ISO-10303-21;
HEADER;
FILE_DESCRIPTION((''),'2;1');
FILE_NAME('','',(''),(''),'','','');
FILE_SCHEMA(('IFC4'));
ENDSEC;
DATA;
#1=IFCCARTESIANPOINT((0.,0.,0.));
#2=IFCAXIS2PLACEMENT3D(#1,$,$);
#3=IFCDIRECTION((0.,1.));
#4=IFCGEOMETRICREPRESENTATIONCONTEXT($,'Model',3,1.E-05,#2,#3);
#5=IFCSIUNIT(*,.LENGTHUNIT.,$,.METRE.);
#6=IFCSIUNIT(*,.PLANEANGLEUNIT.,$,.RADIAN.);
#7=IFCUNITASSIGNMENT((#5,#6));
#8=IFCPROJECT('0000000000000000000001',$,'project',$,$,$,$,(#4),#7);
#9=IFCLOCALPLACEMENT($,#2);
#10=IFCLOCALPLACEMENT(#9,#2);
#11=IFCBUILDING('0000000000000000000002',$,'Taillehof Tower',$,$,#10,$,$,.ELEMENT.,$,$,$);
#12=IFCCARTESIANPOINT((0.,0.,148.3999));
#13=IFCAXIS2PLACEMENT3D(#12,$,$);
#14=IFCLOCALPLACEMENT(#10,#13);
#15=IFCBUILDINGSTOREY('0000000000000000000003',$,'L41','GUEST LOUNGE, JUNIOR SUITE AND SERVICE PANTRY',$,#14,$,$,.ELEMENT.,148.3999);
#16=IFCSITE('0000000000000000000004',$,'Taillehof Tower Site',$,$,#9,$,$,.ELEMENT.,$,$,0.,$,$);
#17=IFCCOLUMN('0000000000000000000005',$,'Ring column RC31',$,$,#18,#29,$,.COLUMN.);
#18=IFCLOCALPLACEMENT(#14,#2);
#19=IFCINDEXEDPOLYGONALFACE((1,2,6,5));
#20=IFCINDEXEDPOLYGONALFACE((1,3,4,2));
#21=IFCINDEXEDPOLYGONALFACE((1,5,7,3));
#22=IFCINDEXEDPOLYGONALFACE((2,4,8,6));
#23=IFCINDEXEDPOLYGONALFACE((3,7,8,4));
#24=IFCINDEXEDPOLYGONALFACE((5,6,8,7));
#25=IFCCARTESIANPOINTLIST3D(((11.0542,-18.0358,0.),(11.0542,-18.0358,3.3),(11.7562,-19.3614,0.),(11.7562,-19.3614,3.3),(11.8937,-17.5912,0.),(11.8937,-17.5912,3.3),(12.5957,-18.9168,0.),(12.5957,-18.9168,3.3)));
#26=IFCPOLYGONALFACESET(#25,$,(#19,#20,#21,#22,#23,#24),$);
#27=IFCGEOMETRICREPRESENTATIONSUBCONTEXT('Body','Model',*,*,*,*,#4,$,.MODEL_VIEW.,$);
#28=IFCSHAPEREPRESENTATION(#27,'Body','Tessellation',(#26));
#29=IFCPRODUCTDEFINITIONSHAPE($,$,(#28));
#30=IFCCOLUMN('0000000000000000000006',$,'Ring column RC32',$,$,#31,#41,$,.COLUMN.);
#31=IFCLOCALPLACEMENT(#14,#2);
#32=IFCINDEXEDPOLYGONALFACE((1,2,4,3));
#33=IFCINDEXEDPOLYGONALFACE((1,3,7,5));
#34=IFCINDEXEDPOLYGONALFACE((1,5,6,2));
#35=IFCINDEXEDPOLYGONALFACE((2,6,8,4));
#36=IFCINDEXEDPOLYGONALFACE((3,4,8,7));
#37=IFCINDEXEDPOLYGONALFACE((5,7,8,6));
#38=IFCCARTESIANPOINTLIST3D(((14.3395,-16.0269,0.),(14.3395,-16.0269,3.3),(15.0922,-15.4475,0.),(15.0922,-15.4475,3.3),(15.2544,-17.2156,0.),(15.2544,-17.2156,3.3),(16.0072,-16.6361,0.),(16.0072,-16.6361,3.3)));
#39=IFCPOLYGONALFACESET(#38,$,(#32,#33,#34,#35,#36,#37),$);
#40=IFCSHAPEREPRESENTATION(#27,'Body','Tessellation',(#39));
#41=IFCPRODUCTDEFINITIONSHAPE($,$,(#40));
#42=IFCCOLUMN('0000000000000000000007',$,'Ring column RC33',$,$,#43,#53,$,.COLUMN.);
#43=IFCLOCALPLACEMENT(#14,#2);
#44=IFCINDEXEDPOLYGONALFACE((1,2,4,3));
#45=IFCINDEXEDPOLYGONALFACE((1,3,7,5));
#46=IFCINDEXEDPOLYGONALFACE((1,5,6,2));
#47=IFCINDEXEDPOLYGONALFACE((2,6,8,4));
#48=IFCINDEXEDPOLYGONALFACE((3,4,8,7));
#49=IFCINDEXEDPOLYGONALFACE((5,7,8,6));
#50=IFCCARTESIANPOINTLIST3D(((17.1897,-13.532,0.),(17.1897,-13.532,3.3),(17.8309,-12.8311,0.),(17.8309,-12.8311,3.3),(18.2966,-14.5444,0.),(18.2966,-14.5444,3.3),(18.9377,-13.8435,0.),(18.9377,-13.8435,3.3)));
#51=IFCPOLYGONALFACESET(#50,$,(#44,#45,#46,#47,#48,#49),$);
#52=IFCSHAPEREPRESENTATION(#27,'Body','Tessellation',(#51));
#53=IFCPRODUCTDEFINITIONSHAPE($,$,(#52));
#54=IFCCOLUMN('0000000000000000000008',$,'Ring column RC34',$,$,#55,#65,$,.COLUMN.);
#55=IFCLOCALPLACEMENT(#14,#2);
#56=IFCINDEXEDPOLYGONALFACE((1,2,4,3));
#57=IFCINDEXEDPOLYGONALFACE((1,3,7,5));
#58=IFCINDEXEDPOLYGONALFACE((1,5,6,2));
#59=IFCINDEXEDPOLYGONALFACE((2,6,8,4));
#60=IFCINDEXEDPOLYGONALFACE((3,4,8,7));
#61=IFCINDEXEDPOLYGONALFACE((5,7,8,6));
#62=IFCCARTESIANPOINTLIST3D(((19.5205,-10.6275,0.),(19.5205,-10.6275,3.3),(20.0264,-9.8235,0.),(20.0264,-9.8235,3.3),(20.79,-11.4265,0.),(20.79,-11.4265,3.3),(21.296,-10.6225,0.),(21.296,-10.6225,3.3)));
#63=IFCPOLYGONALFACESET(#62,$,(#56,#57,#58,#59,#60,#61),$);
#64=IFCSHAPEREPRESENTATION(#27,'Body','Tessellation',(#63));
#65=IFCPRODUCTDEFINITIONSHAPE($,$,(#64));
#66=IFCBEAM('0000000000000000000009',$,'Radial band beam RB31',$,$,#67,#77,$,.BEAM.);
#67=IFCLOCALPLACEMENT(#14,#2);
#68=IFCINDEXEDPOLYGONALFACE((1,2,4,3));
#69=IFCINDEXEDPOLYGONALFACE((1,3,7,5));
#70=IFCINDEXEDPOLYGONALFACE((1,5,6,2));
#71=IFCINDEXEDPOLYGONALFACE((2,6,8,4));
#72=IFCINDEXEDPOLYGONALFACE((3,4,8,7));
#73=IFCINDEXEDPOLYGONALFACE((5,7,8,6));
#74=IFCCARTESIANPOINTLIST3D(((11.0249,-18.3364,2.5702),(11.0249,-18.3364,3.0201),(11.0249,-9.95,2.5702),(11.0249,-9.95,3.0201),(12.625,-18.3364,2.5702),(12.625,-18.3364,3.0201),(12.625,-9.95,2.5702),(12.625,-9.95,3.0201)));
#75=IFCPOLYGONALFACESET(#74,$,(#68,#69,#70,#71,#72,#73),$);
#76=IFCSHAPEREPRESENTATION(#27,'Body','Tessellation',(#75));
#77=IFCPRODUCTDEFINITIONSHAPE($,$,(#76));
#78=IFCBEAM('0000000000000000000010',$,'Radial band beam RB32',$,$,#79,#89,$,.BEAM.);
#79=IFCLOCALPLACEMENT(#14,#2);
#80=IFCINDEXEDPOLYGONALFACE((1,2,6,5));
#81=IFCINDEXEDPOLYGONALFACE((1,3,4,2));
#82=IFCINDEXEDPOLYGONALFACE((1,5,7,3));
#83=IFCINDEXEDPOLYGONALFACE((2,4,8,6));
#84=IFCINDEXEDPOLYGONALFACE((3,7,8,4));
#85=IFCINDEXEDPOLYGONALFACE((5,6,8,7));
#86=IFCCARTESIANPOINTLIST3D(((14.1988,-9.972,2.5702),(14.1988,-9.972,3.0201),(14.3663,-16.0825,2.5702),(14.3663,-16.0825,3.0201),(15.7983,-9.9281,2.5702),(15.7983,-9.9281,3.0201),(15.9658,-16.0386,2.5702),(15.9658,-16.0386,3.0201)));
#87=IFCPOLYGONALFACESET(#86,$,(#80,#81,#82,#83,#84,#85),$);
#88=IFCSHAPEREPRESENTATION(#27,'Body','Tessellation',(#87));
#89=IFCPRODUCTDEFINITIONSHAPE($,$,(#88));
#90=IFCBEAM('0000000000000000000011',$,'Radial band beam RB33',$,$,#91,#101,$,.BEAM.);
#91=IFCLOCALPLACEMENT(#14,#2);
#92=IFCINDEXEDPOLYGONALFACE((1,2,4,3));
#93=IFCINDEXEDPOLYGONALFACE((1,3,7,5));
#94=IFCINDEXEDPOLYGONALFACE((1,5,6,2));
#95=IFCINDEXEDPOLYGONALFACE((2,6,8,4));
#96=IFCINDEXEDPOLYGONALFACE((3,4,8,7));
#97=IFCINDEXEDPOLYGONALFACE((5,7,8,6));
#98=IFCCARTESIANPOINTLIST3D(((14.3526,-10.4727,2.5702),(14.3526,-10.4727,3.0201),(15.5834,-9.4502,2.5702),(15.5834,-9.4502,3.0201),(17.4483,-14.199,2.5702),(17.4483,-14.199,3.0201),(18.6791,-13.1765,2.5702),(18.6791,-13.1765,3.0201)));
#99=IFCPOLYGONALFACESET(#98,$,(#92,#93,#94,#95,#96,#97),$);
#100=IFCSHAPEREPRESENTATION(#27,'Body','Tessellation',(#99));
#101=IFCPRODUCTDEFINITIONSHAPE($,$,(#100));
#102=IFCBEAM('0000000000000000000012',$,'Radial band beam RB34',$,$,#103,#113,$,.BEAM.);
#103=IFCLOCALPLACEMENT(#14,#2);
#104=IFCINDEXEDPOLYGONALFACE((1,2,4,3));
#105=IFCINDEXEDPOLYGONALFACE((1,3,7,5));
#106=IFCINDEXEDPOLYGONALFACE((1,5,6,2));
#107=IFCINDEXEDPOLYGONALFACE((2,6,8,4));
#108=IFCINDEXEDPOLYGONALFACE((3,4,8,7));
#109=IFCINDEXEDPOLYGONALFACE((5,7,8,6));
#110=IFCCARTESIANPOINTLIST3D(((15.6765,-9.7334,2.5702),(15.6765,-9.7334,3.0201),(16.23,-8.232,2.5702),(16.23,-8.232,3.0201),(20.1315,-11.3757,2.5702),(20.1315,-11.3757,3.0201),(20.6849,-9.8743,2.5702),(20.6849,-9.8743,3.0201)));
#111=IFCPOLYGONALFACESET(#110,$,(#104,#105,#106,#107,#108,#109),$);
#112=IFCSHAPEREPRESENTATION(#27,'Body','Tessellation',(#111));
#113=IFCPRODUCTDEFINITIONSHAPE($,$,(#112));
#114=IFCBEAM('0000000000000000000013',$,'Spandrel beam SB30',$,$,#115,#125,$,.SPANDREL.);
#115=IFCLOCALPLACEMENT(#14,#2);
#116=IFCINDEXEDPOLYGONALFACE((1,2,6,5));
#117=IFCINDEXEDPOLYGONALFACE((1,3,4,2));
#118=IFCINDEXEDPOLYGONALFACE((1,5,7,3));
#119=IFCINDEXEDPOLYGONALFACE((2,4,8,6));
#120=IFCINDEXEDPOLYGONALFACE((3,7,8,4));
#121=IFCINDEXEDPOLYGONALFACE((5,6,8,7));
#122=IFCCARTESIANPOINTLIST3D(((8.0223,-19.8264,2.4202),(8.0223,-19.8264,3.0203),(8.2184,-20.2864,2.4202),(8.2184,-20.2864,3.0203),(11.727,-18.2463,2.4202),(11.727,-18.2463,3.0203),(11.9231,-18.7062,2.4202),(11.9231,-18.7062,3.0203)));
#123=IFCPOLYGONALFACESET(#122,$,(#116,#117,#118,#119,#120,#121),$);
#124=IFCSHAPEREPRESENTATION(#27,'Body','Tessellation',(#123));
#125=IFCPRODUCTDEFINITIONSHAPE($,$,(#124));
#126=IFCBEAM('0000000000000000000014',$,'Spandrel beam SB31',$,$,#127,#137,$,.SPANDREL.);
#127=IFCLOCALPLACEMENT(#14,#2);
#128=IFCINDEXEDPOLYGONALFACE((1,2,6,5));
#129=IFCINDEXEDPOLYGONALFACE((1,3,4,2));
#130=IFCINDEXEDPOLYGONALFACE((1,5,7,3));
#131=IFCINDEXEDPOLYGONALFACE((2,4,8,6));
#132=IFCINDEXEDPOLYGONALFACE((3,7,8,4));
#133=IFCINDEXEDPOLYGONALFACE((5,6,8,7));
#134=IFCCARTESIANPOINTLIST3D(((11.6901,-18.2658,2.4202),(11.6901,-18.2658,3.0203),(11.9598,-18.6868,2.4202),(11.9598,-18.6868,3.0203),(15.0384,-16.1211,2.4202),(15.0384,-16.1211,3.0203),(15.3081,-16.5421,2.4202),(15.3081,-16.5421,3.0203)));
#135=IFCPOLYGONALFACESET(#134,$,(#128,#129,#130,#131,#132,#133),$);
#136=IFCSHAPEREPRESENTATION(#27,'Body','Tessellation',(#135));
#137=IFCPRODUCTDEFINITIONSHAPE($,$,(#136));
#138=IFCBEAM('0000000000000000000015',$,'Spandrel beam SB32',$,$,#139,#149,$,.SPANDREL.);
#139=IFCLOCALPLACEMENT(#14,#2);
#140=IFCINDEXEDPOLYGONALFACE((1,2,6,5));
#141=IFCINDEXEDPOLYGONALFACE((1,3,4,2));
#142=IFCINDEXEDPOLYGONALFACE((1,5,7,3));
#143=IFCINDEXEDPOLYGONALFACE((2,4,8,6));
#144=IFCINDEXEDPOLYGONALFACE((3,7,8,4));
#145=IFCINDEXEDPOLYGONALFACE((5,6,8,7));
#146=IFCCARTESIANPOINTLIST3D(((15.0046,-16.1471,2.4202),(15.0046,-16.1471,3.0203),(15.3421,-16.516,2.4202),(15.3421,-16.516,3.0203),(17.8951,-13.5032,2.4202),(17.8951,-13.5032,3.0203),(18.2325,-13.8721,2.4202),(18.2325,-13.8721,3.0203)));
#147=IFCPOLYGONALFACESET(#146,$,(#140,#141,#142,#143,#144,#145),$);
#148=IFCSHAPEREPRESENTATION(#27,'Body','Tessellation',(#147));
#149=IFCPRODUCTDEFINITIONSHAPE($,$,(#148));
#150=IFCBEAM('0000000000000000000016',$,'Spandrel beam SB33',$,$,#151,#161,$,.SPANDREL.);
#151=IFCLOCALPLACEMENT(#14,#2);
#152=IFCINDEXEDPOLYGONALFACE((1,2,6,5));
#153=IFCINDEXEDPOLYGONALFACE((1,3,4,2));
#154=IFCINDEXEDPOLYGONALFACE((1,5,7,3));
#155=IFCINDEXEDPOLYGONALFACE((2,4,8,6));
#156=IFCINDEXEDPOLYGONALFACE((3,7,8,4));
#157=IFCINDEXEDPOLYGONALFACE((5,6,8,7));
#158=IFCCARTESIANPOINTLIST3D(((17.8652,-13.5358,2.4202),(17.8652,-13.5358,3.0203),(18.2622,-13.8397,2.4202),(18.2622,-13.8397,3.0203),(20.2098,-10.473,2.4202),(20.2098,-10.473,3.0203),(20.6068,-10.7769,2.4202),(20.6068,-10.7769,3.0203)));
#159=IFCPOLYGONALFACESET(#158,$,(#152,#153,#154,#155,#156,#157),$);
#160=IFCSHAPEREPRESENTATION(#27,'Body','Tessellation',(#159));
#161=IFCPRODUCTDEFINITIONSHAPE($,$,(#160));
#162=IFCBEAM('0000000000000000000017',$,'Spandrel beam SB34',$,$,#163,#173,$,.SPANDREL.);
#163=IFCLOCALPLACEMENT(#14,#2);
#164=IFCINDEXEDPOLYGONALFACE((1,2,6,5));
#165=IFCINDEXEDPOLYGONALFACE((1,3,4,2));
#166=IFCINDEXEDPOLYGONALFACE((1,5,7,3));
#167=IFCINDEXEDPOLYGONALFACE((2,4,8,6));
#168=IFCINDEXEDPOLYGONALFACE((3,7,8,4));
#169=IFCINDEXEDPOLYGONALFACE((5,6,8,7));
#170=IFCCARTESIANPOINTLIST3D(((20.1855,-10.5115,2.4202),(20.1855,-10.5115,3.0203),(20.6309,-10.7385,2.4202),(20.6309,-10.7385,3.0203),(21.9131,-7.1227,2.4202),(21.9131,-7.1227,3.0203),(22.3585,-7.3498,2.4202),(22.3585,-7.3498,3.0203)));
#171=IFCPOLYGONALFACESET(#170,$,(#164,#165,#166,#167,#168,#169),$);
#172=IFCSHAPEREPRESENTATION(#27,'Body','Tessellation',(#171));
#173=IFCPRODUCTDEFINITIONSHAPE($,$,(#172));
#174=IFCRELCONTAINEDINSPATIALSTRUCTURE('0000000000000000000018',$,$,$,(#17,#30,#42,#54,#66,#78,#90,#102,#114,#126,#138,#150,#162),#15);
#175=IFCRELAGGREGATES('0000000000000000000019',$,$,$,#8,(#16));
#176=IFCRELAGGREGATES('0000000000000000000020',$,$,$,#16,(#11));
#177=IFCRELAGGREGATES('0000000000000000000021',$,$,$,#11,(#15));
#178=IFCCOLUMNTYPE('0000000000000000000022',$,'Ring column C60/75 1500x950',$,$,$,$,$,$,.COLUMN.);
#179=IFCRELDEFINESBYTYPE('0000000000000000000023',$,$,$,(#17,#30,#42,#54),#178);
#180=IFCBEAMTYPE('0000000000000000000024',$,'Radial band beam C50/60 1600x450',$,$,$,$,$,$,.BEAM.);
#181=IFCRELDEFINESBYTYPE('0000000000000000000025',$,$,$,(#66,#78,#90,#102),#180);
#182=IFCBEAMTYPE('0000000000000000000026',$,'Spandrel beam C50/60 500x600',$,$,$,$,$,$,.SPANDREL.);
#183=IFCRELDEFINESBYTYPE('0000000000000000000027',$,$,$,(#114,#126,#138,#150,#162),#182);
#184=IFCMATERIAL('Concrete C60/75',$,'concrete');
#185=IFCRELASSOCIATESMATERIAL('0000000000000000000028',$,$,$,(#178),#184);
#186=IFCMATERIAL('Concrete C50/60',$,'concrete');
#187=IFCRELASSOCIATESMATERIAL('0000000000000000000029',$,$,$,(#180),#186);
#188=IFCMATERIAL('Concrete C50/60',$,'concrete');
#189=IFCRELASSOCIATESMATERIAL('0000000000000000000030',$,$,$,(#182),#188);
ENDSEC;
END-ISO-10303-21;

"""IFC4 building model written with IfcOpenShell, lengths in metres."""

from ifc_helpers import new_model, si_unit, direction, frame, origin, origin_2d, place, context, subcontext, project, spatial, rectangle, extrude, material, material_profile, profile_set, type_object, element, save


model = new_model("IFC4")

# Units and contexts
model_context = context("Model", 3, precision=1e-05, world=origin(), true_north=direction((0.0, 1.0)))
body_context = subcontext(model_context, "Body", "Model", "MODEL_VIEW")
ifc_project = project(units=[si_unit("LENGTHUNIT", "METRE"), si_unit("PLANEANGLEUNIT", "RADIAN")], contexts=[model_context])

# Site, building, storey
site_placement = place(None, origin())
site = spatial("IfcSite", under=ifc_project, at=site_placement, Name="Taillehof Tower Site", CompositionType="ELEMENT", RefElevation=0.0)
building_placement = place(site_placement, origin())
building = spatial("IfcBuilding", under=site, at=building_placement, Name="Taillehof Tower", CompositionType="ELEMENT")
storey_placement = place(building_placement, frame((0.0, 0.0, 148.3999)))
storey = spatial("IfcBuildingStorey", under=building, at=storey_placement, Name="L41", Description="GUEST LOUNGE, JUNIOR SUITE AND SERVICE PANTRY", CompositionType="ELEMENT", Elevation=148.3999)

# Columns
ifc_material_1 = material(Name="Concrete C60/75", Category="concrete")
ifc_material_profile_1 = material_profile(ifc_material_1, rectangle(XDim=1.5, YDim=0.95, at=origin_2d()), Name="RC 1500x950")
ifc_profile_set_1 = profile_set([ifc_material_profile_1], Name="Concrete C60/75")
column_type = type_object("IfcColumnType", Name="Ring column C60/75 1500x950", PredefinedType="COLUMN", material=ifc_profile_set_1)
for number, where, z_axis, x_axis, name in (
    (1, (11.825, -18.4763, 0.0), (0.0, 0.0, 1.0), (0.468042, -0.883706, 0.0), "Ring column RC31"),
    (2, (15.1733, -16.3315, 0.0), (0.0, 0.0, 1.0), (0.609971, -0.792424, 0.0), "Ring column RC32"),
    (3, (18.0637, -13.6877, 0.0), (0.0, 0.0, 1.0), (0.737879, -0.674933, 0.0), "Ring column RC33"),
    (4, (20.4082, -10.625, 0.0), (0.0, 0.0, 1.0), (0.846334, -0.532652, 0.0), "Ring column RC34"),
):
    element("IfcColumn", number, at=place(storey_placement, frame(where, z_axis=z_axis, x_axis=x_axis)), inside=storey, type_object=column_type, Name=name, PredefinedType="COLUMN", context=body_context, shape_type="SweptSolid", body=[
        extrude(rectangle(XDim=1.5, YDim=0.95, at=origin_2d()), origin(), (0.0, 0.0, 1.0), 3.3),
    ])

# Beams
ifc_material_2 = material(Name="Concrete C50/60", Category="concrete")
ifc_material_profile_2 = material_profile(ifc_material_2, rectangle(XDim=1.6001, YDim=0.45, at=origin_2d()), Name="RC 1600x450")
ifc_profile_set_2 = profile_set([ifc_material_profile_2], Name="Concrete C50/60")
beam_type_1 = type_object("IfcBeamType", Name="Radial band beam C50/60 1600x450", PredefinedType="BEAM", material=ifc_profile_set_2)
beam_1_placement = place(storey_placement, frame((11.825, -18.3364, 2.7952), z_axis=(0.0, 1.0, 0.0), x_axis=(-1.0, 0.0, 0.0)))
element("IfcBeam", 5, at=beam_1_placement, inside=storey, type_object=beam_type_1, Name="Radial band beam RB31", PredefinedType="BEAM", context=body_context, shape_type="SweptSolid", body=[
    extrude(rectangle(XDim=1.6001, YDim=0.45, at=origin_2d()), origin(), (0.0, 0.0, 1.0), 8.3865),
])
beam_2_placement = place(storey_placement, frame((15.166, -16.0605, 2.7952), z_axis=(-0.027398, 0.999625, 0.0), x_axis=(-0.999625, -0.027398, 0.0)))
element("IfcBeam", 6, at=beam_2_placement, inside=storey, type_object=beam_type_1, Name="Radial band beam RB32", PredefinedType="BEAM", context=body_context, shape_type="SweptSolid", body=[
    extrude(rectangle(XDim=1.6001, YDim=0.45, at=origin_2d()), origin(), (0.0, 0.0, 1.0), 6.1128),
])
beam_3_placement = place(storey_placement, frame((18.0637, -13.6877, 2.7952), z_axis=(-0.639019, 0.769191, 0.0), x_axis=(-0.769191, -0.639019, 0.0)))
element("IfcBeam", 7, at=beam_3_placement, inside=storey, type_object=beam_type_1, Name="Radial band beam RB33", PredefinedType="BEAM", context=body_context, shape_type="SweptSolid", body=[
    extrude(rectangle(XDim=1.6001, YDim=0.45, at=origin_2d()), origin(), (0.0, 0.0, 1.0), 4.8445),
])
beam_4_placement = place(storey_placement, frame((20.4082, -10.625, 2.7952), z_axis=(-0.938276, 0.345889, 0.0), x_axis=(-0.345889, -0.938276, 0.0)))
element("IfcBeam", 8, at=beam_4_placement, inside=storey, type_object=beam_type_1, Name="Radial band beam RB34", PredefinedType="BEAM", context=body_context, shape_type="SweptSolid", body=[
    extrude(rectangle(XDim=1.6001, YDim=0.45, at=origin_2d()), origin(), (0.0, 0.0, 1.0), 4.748),
])
ifc_material_3 = material(Name="Concrete C50/60", Category="concrete")
ifc_material_profile_3 = material_profile(ifc_material_3, rectangle(XDim=0.5, YDim=0.6001, at=origin_2d()), Name="RC 500x600")
ifc_profile_set_3 = profile_set([ifc_material_profile_3], Name="Concrete C50/60")
beam_type_2 = type_object("IfcBeamType", Name="Spandrel beam C50/60 500x600", PredefinedType="SPANDREL", material=ifc_profile_set_3)
beam_5_placement = place(storey_placement, frame((8.1204, -20.0564, 2.7202), z_axis=(0.919827, 0.392324, 0.0), x_axis=(-0.392324, 0.919827, 0.0)))
element("IfcBeam", 9, at=beam_5_placement, inside=storey, type_object=beam_type_2, Name="Spandrel beam SB30", PredefinedType="SPANDREL", context=body_context, shape_type="SweptSolid", body=[
    extrude(rectangle(XDim=0.5, YDim=0.6001, at=origin_2d()), origin(), (0.0, 0.0, 1.0), 4.0276),
])
beam_6_placement = place(storey_placement, frame((11.825, -18.4763, 2.7202), z_axis=(0.842065, 0.539376, 0.0), x_axis=(-0.539376, 0.842065, 0.0)))
element("IfcBeam", 10, at=beam_6_placement, inside=storey, type_object=beam_type_2, Name="Spandrel beam SB31", PredefinedType="SPANDREL", context=body_context, shape_type="SweptSolid", body=[
    extrude(rectangle(XDim=0.5, YDim=0.6001, at=origin_2d()), origin(), (0.0, 0.0, 1.0), 3.9763),
])
beam_7_placement = place(storey_placement, frame((15.1733, -16.3315, 2.7202), z_axis=(0.737881, 0.674931, 0.0), x_axis=(-0.674931, 0.737881, 0.0)))
element("IfcBeam", 11, at=beam_7_placement, inside=storey, type_object=beam_type_2, Name="Spandrel beam SB32", PredefinedType="SPANDREL", context=body_context, shape_type="SweptSolid", body=[
    extrude(rectangle(XDim=0.5, YDim=0.6001, at=origin_2d()), origin(), (0.0, 0.0, 1.0), 3.9172),
])
beam_8_placement = place(storey_placement, frame((18.0637, -13.6877, 2.7202), z_axis=(0.60784, 0.794059, 0.0), x_axis=(-0.794059, 0.60784, 0.0)))
element("IfcBeam", 12, at=beam_8_placement, inside=storey, type_object=beam_type_2, Name="Spandrel beam SB33", PredefinedType="SPANDREL", context=body_context, shape_type="SweptSolid", body=[
    extrude(rectangle(XDim=0.5, YDim=0.6001, at=origin_2d()), origin(), (0.0, 0.0, 1.0), 3.8572),
])
beam_9_placement = place(storey_placement, frame((20.4082, -10.625, 2.7202), z_axis=(0.454183, 0.890908, 0.0), x_axis=(-0.890908, 0.454183, 0.0)))
element("IfcBeam", 13, at=beam_9_placement, inside=storey, type_object=beam_type_2, Name="Spandrel beam SB34", PredefinedType="SPANDREL", context=body_context, shape_type="SweptSolid", body=[
    extrude(rectangle(XDim=0.5, YDim=0.6001, at=origin_2d()), origin(), (0.0, 0.0, 1.0), 3.8037),
])

save(model, "model.ifc")
